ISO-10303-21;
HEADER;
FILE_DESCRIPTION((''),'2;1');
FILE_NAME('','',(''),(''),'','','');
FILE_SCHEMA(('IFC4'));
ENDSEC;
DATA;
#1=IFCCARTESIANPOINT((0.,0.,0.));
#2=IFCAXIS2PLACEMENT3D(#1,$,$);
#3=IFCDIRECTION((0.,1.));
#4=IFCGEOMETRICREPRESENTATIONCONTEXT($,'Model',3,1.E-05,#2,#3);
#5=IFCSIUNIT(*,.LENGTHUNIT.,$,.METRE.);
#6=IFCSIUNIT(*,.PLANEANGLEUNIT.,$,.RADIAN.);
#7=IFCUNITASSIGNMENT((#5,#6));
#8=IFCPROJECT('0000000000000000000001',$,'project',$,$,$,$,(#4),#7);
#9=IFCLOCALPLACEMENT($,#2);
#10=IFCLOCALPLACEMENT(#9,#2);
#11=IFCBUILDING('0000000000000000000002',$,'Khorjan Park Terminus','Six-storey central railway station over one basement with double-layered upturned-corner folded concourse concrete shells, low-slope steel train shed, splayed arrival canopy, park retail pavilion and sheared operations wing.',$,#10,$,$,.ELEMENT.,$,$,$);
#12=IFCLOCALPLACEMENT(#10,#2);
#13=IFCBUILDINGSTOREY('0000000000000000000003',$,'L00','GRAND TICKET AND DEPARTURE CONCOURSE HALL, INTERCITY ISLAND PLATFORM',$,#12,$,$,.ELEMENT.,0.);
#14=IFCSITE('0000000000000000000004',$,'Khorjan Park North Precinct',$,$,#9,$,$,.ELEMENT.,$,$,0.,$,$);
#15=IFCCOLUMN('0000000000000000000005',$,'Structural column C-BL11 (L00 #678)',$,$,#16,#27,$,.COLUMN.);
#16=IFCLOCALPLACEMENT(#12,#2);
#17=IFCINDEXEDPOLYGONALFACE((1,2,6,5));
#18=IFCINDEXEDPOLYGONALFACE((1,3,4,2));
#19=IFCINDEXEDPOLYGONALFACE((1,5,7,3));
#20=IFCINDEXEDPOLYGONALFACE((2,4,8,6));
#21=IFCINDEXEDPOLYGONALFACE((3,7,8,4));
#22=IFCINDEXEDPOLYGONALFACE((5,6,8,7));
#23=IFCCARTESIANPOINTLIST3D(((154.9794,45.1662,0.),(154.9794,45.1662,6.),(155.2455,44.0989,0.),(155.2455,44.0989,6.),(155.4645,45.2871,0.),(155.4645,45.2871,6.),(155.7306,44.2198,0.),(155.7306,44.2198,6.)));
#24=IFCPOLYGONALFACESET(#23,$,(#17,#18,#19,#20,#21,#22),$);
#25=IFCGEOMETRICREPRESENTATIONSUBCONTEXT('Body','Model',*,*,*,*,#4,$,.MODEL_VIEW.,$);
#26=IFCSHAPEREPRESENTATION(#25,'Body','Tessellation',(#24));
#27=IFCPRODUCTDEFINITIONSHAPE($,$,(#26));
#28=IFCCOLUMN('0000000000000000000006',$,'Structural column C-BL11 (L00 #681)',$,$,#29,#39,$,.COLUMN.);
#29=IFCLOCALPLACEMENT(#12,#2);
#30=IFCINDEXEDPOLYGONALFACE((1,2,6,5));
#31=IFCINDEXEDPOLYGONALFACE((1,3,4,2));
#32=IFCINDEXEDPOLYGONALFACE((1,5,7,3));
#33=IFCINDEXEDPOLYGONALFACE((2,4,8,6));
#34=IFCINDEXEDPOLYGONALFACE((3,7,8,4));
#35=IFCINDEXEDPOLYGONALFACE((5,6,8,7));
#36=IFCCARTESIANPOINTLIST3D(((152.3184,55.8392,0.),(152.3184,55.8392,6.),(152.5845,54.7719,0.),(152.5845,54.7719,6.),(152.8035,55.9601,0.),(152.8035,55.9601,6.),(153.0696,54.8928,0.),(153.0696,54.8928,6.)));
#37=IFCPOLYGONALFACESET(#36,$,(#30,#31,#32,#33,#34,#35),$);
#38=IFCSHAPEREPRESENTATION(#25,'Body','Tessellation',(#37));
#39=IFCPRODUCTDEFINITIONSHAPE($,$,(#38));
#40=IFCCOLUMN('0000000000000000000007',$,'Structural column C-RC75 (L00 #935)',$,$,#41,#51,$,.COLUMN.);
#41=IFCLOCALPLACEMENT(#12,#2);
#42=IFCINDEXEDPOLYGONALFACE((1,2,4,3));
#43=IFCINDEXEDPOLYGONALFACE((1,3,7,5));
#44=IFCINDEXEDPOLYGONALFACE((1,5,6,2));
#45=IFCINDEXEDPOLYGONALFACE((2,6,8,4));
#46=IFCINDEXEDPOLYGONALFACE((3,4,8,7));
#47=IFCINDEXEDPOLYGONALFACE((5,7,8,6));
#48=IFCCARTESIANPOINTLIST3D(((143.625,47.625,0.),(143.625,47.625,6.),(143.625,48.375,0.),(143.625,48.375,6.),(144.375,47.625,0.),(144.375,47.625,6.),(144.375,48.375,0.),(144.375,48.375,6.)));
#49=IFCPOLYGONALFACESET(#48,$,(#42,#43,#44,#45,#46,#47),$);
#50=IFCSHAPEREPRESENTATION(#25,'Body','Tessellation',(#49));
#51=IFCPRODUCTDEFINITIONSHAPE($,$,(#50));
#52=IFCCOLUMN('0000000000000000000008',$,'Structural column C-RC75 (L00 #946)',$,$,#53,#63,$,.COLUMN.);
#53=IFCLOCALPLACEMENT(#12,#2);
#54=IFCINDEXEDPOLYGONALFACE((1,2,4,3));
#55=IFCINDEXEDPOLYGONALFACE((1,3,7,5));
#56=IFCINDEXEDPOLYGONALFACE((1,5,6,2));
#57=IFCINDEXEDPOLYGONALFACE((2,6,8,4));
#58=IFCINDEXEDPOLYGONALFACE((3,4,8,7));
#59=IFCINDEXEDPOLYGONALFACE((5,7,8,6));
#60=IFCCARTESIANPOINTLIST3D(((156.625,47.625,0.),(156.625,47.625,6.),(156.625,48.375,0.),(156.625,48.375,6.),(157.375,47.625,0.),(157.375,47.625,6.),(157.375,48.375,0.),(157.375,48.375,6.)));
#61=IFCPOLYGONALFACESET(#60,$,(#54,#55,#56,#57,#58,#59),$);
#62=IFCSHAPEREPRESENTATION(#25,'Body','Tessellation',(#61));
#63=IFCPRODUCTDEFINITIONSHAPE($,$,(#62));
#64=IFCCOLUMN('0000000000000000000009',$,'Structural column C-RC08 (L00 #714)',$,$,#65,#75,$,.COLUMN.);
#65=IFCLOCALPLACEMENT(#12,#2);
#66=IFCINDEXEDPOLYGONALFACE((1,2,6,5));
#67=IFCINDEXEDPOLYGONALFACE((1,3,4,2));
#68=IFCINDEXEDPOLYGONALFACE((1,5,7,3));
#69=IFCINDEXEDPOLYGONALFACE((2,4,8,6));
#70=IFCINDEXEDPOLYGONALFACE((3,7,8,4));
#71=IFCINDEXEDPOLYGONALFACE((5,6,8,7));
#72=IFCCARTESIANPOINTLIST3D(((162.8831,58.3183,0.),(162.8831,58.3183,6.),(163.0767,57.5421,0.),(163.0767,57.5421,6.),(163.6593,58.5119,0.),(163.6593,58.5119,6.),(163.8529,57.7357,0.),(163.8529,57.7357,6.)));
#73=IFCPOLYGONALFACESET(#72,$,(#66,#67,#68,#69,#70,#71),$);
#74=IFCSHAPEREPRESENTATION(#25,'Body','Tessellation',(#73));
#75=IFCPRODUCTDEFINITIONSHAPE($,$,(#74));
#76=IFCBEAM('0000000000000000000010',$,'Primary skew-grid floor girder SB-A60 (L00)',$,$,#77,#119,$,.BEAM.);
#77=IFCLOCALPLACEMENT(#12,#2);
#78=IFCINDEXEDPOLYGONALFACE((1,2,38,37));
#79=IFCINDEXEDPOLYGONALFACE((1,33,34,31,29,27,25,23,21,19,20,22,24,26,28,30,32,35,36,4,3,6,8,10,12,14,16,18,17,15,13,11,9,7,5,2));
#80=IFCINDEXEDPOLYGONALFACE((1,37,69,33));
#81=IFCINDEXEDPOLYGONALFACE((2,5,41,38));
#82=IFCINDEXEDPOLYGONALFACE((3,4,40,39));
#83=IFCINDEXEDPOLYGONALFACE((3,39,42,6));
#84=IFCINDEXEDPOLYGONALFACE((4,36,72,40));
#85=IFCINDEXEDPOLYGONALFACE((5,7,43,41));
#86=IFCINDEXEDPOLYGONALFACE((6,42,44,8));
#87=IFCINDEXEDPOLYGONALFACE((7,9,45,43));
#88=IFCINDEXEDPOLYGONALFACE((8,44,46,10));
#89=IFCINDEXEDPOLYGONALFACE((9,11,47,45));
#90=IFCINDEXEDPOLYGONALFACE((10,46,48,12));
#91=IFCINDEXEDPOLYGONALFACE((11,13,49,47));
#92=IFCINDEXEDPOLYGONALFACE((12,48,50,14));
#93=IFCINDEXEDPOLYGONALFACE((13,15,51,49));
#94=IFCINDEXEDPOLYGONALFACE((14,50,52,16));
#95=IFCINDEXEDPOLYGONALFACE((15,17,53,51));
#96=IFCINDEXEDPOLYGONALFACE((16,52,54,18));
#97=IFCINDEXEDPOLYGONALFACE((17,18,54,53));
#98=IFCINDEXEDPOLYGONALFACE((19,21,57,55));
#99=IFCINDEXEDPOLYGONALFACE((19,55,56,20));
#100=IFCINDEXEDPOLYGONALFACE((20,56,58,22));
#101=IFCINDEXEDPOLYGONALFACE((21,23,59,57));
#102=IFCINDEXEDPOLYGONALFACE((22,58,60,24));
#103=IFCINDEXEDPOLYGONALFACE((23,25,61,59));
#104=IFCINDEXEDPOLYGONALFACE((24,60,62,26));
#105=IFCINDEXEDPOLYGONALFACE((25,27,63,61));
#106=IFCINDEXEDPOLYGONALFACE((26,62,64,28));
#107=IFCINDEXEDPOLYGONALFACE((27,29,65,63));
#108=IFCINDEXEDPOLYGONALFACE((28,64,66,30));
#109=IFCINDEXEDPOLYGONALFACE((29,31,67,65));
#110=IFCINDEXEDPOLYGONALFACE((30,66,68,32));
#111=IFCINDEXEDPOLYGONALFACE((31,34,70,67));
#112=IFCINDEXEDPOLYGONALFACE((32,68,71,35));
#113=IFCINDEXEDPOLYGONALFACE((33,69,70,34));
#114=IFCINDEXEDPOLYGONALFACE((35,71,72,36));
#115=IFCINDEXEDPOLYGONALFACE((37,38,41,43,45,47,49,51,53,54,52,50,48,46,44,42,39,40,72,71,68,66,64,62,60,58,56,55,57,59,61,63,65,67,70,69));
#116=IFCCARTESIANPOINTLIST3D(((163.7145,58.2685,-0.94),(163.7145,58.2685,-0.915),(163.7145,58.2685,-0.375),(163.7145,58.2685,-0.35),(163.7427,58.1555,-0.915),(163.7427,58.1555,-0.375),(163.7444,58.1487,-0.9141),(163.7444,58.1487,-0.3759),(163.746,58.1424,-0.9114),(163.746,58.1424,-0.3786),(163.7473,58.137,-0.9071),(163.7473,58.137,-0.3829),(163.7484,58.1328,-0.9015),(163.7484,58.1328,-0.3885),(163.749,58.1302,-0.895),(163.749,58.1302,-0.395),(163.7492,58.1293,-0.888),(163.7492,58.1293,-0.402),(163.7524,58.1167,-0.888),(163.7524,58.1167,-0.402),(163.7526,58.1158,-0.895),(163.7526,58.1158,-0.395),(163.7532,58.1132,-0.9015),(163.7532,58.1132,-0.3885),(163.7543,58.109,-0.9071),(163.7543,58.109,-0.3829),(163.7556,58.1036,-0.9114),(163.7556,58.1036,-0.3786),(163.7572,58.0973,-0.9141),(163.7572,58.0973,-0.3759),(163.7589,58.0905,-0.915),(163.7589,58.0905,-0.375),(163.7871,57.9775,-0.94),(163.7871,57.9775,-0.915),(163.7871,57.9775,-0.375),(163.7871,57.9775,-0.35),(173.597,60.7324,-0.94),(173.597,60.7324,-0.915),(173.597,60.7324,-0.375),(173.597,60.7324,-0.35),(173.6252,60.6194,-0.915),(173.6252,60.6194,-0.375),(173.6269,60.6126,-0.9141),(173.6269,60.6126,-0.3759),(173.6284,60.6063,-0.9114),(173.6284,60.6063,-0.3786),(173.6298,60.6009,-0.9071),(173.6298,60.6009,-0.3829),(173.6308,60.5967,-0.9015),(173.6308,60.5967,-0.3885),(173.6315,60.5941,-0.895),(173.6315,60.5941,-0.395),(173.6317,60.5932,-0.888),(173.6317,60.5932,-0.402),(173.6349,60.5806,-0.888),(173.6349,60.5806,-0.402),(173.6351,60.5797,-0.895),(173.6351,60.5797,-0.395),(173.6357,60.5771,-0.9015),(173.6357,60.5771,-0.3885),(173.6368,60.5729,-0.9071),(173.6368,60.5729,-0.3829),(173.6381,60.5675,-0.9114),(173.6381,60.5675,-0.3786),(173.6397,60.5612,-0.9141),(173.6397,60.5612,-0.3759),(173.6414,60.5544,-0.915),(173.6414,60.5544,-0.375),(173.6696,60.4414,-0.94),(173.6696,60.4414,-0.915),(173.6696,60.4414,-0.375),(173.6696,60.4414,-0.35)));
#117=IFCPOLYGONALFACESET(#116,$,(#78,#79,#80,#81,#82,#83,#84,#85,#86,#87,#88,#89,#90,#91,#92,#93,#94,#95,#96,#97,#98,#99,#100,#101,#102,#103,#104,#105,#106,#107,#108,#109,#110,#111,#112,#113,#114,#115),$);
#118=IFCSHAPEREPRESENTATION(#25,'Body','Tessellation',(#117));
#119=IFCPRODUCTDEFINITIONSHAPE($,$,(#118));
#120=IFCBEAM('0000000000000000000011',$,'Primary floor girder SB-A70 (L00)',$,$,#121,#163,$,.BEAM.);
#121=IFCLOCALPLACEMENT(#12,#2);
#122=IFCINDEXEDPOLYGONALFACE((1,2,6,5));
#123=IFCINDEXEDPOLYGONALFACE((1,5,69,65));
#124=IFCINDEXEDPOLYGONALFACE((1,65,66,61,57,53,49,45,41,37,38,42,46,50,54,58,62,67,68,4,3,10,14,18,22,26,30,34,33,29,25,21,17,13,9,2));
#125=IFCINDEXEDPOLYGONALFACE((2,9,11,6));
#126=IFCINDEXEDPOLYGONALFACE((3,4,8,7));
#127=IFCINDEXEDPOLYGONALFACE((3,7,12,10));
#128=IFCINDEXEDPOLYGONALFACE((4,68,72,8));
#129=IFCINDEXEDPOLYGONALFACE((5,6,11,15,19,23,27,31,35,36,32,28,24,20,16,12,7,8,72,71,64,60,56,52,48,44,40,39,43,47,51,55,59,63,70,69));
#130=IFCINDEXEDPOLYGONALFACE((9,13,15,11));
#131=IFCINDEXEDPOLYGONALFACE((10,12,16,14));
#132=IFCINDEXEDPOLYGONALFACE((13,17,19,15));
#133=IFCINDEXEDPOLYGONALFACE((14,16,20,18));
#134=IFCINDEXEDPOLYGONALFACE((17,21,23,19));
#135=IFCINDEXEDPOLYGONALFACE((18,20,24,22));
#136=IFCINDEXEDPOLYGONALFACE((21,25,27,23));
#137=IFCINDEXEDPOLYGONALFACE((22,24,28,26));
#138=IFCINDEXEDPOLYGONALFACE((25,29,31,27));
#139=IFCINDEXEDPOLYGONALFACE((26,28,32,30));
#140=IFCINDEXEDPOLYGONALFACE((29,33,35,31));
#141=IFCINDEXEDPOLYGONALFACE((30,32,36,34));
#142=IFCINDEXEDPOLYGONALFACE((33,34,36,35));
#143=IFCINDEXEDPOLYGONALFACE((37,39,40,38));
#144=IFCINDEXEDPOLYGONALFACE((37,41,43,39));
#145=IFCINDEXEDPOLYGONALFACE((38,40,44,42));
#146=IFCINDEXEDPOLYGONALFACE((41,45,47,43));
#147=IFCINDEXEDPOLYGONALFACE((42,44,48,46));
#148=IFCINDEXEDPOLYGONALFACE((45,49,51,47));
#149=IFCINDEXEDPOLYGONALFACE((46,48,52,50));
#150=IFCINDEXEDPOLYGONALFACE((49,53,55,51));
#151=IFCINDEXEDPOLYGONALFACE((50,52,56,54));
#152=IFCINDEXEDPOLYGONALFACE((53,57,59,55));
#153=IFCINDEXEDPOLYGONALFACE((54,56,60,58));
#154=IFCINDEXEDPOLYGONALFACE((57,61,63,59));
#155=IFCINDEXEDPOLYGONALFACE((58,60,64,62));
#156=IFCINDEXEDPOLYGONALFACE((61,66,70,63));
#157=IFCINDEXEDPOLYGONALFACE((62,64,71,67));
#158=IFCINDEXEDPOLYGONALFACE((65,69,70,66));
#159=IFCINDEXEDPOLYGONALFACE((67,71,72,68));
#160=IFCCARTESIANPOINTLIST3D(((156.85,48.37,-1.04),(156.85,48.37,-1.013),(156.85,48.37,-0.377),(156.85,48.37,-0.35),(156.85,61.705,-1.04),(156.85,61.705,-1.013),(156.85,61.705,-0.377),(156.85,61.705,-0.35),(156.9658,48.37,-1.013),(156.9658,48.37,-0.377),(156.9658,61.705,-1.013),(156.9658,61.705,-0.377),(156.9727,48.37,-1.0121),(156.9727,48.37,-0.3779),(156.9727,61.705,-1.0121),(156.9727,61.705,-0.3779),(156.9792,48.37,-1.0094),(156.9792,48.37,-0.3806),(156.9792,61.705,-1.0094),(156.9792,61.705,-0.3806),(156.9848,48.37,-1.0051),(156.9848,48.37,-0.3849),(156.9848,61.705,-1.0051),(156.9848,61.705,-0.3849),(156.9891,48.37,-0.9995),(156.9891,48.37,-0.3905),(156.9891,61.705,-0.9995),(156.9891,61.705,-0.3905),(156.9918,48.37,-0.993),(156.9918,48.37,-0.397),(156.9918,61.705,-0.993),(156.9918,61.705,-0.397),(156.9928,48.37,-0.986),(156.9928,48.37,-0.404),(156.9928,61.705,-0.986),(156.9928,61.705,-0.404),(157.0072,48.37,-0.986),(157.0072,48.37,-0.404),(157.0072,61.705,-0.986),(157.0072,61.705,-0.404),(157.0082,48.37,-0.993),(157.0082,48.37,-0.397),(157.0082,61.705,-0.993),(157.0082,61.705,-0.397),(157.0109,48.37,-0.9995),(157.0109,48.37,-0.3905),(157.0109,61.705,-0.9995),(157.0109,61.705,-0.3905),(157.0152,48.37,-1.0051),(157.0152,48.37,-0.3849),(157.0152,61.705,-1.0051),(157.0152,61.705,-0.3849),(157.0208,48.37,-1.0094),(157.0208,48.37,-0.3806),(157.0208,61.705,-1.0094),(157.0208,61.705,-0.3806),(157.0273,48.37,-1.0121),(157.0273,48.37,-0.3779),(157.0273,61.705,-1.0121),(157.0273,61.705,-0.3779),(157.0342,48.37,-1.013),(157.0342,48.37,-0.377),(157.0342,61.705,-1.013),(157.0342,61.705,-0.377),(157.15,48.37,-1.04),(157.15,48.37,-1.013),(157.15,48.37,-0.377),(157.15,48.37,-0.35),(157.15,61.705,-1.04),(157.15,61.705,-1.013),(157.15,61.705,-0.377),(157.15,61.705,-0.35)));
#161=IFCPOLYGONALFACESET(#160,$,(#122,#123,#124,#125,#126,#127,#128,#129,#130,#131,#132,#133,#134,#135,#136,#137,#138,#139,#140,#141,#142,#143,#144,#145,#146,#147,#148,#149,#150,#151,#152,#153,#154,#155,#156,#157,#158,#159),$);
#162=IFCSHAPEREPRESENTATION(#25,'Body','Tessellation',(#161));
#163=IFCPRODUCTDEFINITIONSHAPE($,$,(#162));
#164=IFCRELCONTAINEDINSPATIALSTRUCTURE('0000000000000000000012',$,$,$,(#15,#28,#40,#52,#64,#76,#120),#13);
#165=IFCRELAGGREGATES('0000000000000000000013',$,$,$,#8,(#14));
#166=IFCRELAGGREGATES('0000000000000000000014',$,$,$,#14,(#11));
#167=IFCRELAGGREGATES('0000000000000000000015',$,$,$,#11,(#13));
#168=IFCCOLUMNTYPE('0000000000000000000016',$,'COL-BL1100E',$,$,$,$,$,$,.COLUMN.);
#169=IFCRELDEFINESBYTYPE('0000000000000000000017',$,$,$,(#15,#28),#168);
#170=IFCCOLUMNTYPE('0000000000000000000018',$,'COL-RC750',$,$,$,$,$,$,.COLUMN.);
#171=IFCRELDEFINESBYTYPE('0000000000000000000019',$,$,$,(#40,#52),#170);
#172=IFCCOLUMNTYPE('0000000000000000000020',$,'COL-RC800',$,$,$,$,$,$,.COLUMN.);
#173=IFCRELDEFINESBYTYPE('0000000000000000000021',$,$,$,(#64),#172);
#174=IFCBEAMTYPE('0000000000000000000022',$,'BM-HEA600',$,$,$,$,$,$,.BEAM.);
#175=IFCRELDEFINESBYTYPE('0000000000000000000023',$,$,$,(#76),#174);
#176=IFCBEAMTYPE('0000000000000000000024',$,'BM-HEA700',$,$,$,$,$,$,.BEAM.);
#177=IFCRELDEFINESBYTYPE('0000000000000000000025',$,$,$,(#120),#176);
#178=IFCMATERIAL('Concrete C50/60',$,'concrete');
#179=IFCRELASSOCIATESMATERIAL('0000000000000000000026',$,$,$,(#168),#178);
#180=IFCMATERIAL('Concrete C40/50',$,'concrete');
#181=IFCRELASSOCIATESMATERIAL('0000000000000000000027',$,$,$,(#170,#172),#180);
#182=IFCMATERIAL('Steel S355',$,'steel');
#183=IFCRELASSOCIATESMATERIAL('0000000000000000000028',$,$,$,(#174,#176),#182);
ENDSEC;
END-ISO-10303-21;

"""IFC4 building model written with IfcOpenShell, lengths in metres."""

from ifc_helpers import new_model, si_unit, direction, frame, origin, origin_2d, place, context, subcontext, project, spatial, rectangle, i_section, extrude, material, material_profile, profile_set, type_object, element, save


model = new_model("IFC4")

# Units and contexts
model_context = context("Model", 3, precision=1e-05, world=origin(), true_north=direction((0.0, 1.0)))
body_context = subcontext(model_context, "Body", "Model", "MODEL_VIEW")
ifc_project = project(units=[si_unit("LENGTHUNIT", "METRE"), si_unit("PLANEANGLEUNIT", "RADIAN")], contexts=[model_context])

# Site, building, storey
site_placement = place(None, origin())
site = spatial("IfcSite", under=ifc_project, at=site_placement, Name="Khorjan Park North Precinct", CompositionType="ELEMENT", RefElevation=0.0)
building_placement = place(site_placement, origin())
building = spatial("IfcBuilding", under=site, at=building_placement, Name="Khorjan Park Terminus", Description="Six-storey central railway station over one basement with double-layered upturned-corner folded concourse concrete shells, low-slope steel train shed, splayed arrival canopy, park retail pavilion and sheared operations wing.", CompositionType="ELEMENT")
storey_placement = place(building_placement, origin())
storey = spatial("IfcBuildingStorey", under=building, at=storey_placement, Name="L00", Description="GRAND TICKET AND DEPARTURE CONCOURSE HALL, INTERCITY ISLAND PLATFORM", CompositionType="ELEMENT", Elevation=0.0)

# Columns
ifc_material_1 = material(Name="Concrete C50/60", Category="concrete")
ifc_material_profile_1 = material_profile(ifc_material_1, rectangle(XDim=0.5, YDim=1.1, at=origin_2d()), Name="RC 500x1100")
ifc_profile_set_1 = profile_set([ifc_material_profile_1], Name="Concrete C50/60")
column_type_1 = type_object("IfcColumnType", Name="COL-BL1100E", PredefinedType="COLUMN", material=ifc_profile_set_1)
for number, where, z_axis, x_axis, name in (
    (1, (155.355, 44.693, 0.0), (0.0, 0.0, 1.0), (0.970296, 0.241922, 0.0), "Structural column C-BL11 (L00 #678)"),
    (2, (152.694, 55.366, 0.0), (0.0, 0.0, 1.0), (0.970296, 0.241922, 0.0), "Structural column C-BL11 (L00 #681)"),
):
    element("IfcColumn", number, at=place(storey_placement, frame(where, z_axis=z_axis, x_axis=x_axis)), inside=storey, type_object=column_type_1, Name=name, PredefinedType="COLUMN", context=body_context, shape_type="SweptSolid", body=[
        extrude(rectangle(XDim=0.5, YDim=1.1, at=origin_2d()), origin(), (0.0, 0.0, 1.0), 6.0),
    ])
ifc_material_2 = material(Name="Concrete C40/50", Category="concrete")
ifc_material_profile_2 = material_profile(ifc_material_2, rectangle(XDim=0.75, YDim=0.75, at=origin_2d()), Name="RC 750x750")
ifc_profile_set_2 = profile_set([ifc_material_profile_2], Name="Concrete C40/50")
column_type_2 = type_object("IfcColumnType", Name="COL-RC750", PredefinedType="COLUMN", material=ifc_profile_set_2)
for number, where, z_axis, x_axis, name in (
    (3, (144.0, 48.0, 0.0), (0.0, 0.0, 1.0), (1.0, 0.0, 0.0), "Structural column C-RC75 (L00 #935)"),
    (4, (157.0, 48.0, 0.0), (0.0, 0.0, 1.0), (1.0, 0.0, 0.0), "Structural column C-RC75 (L00 #946)"),
):
    element("IfcColumn", number, at=place(storey_placement, frame(where, z_axis=z_axis, x_axis=x_axis)), inside=storey, type_object=column_type_2, Name=name, PredefinedType="COLUMN", context=body_context, shape_type="SweptSolid", body=[
        extrude(rectangle(XDim=0.75, YDim=0.75, at=origin_2d()), origin(), (0.0, 0.0, 1.0), 6.0),
    ])
ifc_material_profile_3 = material_profile(ifc_material_2, rectangle(XDim=0.8, YDim=0.8, at=origin_2d()), Name="RC 800x800")
ifc_profile_set_3 = profile_set([ifc_material_profile_3], Name="Concrete C40/50")
column_type_3 = type_object("IfcColumnType", Name="COL-RC800", PredefinedType="COLUMN", material=ifc_profile_set_3)
column_placement = place(storey_placement, frame((163.368, 58.027, 0.0), z_axis=(0.0, 0.0, 1.0), x_axis=(0.970296, 0.241922, 0.0)))
element("IfcColumn", 5, at=column_placement, inside=storey, type_object=column_type_3, Name="Structural column C-RC08 (L00 #714)", PredefinedType="COLUMN", context=body_context, shape_type="SweptSolid", body=[
    extrude(rectangle(XDim=0.8, YDim=0.8, at=origin_2d()), origin(), (0.0, 0.0, 1.0), 6.0),
])

# Beams
ifc_material_3 = material(Name="Steel S355", Category="steel")
ifc_material_profile_4 = material_profile(ifc_material_3, i_section(OverallWidth=0.3, OverallDepth=0.59, WebThickness=0.013, FlangeThickness=0.025, FilletRadius=0.027, at=origin_2d()), Name="HEA 600")
ifc_profile_set_4 = profile_set([ifc_material_profile_4], Name="Steel S355")
beam_type_1 = type_object("IfcBeamType", Name="BM-HEA600", PredefinedType="BEAM", material=ifc_profile_set_4)
beam_1_placement = place(storey_placement, frame((163.7508, 58.123, -0.645), z_axis=(0.970298, 0.241914, 0.0), x_axis=(-0.241914, 0.970298, 0.0)))
element("IfcBeam", 6, at=beam_1_placement, inside=storey, type_object=beam_type_1, Name="Primary skew-grid floor girder SB-A60 (L00)", PredefinedType="BEAM", context=body_context, shape_type="SweptSolid", body=[
    extrude(i_section(OverallWidth=0.3, OverallDepth=0.59, WebThickness=0.013, FlangeThickness=0.025, FilletRadius=0.027, at=origin_2d()), origin(), (0.0, 0.0, 1.0), 10.185),
])
ifc_material_profile_5 = material_profile(ifc_material_3, i_section(OverallWidth=0.3, OverallDepth=0.69, WebThickness=0.0145, FlangeThickness=0.027, FilletRadius=0.027, at=origin_2d()), Name="HEA 700")
ifc_profile_set_5 = profile_set([ifc_material_profile_5], Name="Steel S355")
beam_type_2 = type_object("IfcBeamType", Name="BM-HEA700", PredefinedType="BEAM", material=ifc_profile_set_5)
beam_2_placement = place(storey_placement, frame((157.0, 48.37, -0.695), z_axis=(0.0, 1.0, 0.0), x_axis=(-1.0, 0.0, 0.0)))
element("IfcBeam", 7, at=beam_2_placement, inside=storey, type_object=beam_type_2, Name="Primary floor girder SB-A70 (L00)", PredefinedType="BEAM", context=body_context, shape_type="SweptSolid", body=[
    extrude(i_section(OverallWidth=0.3, OverallDepth=0.69, WebThickness=0.0145, FlangeThickness=0.027, FilletRadius=0.027, at=origin_2d()), origin(), (0.0, 0.0, 1.0), 13.335),
])

save(model, "model.ifc")
